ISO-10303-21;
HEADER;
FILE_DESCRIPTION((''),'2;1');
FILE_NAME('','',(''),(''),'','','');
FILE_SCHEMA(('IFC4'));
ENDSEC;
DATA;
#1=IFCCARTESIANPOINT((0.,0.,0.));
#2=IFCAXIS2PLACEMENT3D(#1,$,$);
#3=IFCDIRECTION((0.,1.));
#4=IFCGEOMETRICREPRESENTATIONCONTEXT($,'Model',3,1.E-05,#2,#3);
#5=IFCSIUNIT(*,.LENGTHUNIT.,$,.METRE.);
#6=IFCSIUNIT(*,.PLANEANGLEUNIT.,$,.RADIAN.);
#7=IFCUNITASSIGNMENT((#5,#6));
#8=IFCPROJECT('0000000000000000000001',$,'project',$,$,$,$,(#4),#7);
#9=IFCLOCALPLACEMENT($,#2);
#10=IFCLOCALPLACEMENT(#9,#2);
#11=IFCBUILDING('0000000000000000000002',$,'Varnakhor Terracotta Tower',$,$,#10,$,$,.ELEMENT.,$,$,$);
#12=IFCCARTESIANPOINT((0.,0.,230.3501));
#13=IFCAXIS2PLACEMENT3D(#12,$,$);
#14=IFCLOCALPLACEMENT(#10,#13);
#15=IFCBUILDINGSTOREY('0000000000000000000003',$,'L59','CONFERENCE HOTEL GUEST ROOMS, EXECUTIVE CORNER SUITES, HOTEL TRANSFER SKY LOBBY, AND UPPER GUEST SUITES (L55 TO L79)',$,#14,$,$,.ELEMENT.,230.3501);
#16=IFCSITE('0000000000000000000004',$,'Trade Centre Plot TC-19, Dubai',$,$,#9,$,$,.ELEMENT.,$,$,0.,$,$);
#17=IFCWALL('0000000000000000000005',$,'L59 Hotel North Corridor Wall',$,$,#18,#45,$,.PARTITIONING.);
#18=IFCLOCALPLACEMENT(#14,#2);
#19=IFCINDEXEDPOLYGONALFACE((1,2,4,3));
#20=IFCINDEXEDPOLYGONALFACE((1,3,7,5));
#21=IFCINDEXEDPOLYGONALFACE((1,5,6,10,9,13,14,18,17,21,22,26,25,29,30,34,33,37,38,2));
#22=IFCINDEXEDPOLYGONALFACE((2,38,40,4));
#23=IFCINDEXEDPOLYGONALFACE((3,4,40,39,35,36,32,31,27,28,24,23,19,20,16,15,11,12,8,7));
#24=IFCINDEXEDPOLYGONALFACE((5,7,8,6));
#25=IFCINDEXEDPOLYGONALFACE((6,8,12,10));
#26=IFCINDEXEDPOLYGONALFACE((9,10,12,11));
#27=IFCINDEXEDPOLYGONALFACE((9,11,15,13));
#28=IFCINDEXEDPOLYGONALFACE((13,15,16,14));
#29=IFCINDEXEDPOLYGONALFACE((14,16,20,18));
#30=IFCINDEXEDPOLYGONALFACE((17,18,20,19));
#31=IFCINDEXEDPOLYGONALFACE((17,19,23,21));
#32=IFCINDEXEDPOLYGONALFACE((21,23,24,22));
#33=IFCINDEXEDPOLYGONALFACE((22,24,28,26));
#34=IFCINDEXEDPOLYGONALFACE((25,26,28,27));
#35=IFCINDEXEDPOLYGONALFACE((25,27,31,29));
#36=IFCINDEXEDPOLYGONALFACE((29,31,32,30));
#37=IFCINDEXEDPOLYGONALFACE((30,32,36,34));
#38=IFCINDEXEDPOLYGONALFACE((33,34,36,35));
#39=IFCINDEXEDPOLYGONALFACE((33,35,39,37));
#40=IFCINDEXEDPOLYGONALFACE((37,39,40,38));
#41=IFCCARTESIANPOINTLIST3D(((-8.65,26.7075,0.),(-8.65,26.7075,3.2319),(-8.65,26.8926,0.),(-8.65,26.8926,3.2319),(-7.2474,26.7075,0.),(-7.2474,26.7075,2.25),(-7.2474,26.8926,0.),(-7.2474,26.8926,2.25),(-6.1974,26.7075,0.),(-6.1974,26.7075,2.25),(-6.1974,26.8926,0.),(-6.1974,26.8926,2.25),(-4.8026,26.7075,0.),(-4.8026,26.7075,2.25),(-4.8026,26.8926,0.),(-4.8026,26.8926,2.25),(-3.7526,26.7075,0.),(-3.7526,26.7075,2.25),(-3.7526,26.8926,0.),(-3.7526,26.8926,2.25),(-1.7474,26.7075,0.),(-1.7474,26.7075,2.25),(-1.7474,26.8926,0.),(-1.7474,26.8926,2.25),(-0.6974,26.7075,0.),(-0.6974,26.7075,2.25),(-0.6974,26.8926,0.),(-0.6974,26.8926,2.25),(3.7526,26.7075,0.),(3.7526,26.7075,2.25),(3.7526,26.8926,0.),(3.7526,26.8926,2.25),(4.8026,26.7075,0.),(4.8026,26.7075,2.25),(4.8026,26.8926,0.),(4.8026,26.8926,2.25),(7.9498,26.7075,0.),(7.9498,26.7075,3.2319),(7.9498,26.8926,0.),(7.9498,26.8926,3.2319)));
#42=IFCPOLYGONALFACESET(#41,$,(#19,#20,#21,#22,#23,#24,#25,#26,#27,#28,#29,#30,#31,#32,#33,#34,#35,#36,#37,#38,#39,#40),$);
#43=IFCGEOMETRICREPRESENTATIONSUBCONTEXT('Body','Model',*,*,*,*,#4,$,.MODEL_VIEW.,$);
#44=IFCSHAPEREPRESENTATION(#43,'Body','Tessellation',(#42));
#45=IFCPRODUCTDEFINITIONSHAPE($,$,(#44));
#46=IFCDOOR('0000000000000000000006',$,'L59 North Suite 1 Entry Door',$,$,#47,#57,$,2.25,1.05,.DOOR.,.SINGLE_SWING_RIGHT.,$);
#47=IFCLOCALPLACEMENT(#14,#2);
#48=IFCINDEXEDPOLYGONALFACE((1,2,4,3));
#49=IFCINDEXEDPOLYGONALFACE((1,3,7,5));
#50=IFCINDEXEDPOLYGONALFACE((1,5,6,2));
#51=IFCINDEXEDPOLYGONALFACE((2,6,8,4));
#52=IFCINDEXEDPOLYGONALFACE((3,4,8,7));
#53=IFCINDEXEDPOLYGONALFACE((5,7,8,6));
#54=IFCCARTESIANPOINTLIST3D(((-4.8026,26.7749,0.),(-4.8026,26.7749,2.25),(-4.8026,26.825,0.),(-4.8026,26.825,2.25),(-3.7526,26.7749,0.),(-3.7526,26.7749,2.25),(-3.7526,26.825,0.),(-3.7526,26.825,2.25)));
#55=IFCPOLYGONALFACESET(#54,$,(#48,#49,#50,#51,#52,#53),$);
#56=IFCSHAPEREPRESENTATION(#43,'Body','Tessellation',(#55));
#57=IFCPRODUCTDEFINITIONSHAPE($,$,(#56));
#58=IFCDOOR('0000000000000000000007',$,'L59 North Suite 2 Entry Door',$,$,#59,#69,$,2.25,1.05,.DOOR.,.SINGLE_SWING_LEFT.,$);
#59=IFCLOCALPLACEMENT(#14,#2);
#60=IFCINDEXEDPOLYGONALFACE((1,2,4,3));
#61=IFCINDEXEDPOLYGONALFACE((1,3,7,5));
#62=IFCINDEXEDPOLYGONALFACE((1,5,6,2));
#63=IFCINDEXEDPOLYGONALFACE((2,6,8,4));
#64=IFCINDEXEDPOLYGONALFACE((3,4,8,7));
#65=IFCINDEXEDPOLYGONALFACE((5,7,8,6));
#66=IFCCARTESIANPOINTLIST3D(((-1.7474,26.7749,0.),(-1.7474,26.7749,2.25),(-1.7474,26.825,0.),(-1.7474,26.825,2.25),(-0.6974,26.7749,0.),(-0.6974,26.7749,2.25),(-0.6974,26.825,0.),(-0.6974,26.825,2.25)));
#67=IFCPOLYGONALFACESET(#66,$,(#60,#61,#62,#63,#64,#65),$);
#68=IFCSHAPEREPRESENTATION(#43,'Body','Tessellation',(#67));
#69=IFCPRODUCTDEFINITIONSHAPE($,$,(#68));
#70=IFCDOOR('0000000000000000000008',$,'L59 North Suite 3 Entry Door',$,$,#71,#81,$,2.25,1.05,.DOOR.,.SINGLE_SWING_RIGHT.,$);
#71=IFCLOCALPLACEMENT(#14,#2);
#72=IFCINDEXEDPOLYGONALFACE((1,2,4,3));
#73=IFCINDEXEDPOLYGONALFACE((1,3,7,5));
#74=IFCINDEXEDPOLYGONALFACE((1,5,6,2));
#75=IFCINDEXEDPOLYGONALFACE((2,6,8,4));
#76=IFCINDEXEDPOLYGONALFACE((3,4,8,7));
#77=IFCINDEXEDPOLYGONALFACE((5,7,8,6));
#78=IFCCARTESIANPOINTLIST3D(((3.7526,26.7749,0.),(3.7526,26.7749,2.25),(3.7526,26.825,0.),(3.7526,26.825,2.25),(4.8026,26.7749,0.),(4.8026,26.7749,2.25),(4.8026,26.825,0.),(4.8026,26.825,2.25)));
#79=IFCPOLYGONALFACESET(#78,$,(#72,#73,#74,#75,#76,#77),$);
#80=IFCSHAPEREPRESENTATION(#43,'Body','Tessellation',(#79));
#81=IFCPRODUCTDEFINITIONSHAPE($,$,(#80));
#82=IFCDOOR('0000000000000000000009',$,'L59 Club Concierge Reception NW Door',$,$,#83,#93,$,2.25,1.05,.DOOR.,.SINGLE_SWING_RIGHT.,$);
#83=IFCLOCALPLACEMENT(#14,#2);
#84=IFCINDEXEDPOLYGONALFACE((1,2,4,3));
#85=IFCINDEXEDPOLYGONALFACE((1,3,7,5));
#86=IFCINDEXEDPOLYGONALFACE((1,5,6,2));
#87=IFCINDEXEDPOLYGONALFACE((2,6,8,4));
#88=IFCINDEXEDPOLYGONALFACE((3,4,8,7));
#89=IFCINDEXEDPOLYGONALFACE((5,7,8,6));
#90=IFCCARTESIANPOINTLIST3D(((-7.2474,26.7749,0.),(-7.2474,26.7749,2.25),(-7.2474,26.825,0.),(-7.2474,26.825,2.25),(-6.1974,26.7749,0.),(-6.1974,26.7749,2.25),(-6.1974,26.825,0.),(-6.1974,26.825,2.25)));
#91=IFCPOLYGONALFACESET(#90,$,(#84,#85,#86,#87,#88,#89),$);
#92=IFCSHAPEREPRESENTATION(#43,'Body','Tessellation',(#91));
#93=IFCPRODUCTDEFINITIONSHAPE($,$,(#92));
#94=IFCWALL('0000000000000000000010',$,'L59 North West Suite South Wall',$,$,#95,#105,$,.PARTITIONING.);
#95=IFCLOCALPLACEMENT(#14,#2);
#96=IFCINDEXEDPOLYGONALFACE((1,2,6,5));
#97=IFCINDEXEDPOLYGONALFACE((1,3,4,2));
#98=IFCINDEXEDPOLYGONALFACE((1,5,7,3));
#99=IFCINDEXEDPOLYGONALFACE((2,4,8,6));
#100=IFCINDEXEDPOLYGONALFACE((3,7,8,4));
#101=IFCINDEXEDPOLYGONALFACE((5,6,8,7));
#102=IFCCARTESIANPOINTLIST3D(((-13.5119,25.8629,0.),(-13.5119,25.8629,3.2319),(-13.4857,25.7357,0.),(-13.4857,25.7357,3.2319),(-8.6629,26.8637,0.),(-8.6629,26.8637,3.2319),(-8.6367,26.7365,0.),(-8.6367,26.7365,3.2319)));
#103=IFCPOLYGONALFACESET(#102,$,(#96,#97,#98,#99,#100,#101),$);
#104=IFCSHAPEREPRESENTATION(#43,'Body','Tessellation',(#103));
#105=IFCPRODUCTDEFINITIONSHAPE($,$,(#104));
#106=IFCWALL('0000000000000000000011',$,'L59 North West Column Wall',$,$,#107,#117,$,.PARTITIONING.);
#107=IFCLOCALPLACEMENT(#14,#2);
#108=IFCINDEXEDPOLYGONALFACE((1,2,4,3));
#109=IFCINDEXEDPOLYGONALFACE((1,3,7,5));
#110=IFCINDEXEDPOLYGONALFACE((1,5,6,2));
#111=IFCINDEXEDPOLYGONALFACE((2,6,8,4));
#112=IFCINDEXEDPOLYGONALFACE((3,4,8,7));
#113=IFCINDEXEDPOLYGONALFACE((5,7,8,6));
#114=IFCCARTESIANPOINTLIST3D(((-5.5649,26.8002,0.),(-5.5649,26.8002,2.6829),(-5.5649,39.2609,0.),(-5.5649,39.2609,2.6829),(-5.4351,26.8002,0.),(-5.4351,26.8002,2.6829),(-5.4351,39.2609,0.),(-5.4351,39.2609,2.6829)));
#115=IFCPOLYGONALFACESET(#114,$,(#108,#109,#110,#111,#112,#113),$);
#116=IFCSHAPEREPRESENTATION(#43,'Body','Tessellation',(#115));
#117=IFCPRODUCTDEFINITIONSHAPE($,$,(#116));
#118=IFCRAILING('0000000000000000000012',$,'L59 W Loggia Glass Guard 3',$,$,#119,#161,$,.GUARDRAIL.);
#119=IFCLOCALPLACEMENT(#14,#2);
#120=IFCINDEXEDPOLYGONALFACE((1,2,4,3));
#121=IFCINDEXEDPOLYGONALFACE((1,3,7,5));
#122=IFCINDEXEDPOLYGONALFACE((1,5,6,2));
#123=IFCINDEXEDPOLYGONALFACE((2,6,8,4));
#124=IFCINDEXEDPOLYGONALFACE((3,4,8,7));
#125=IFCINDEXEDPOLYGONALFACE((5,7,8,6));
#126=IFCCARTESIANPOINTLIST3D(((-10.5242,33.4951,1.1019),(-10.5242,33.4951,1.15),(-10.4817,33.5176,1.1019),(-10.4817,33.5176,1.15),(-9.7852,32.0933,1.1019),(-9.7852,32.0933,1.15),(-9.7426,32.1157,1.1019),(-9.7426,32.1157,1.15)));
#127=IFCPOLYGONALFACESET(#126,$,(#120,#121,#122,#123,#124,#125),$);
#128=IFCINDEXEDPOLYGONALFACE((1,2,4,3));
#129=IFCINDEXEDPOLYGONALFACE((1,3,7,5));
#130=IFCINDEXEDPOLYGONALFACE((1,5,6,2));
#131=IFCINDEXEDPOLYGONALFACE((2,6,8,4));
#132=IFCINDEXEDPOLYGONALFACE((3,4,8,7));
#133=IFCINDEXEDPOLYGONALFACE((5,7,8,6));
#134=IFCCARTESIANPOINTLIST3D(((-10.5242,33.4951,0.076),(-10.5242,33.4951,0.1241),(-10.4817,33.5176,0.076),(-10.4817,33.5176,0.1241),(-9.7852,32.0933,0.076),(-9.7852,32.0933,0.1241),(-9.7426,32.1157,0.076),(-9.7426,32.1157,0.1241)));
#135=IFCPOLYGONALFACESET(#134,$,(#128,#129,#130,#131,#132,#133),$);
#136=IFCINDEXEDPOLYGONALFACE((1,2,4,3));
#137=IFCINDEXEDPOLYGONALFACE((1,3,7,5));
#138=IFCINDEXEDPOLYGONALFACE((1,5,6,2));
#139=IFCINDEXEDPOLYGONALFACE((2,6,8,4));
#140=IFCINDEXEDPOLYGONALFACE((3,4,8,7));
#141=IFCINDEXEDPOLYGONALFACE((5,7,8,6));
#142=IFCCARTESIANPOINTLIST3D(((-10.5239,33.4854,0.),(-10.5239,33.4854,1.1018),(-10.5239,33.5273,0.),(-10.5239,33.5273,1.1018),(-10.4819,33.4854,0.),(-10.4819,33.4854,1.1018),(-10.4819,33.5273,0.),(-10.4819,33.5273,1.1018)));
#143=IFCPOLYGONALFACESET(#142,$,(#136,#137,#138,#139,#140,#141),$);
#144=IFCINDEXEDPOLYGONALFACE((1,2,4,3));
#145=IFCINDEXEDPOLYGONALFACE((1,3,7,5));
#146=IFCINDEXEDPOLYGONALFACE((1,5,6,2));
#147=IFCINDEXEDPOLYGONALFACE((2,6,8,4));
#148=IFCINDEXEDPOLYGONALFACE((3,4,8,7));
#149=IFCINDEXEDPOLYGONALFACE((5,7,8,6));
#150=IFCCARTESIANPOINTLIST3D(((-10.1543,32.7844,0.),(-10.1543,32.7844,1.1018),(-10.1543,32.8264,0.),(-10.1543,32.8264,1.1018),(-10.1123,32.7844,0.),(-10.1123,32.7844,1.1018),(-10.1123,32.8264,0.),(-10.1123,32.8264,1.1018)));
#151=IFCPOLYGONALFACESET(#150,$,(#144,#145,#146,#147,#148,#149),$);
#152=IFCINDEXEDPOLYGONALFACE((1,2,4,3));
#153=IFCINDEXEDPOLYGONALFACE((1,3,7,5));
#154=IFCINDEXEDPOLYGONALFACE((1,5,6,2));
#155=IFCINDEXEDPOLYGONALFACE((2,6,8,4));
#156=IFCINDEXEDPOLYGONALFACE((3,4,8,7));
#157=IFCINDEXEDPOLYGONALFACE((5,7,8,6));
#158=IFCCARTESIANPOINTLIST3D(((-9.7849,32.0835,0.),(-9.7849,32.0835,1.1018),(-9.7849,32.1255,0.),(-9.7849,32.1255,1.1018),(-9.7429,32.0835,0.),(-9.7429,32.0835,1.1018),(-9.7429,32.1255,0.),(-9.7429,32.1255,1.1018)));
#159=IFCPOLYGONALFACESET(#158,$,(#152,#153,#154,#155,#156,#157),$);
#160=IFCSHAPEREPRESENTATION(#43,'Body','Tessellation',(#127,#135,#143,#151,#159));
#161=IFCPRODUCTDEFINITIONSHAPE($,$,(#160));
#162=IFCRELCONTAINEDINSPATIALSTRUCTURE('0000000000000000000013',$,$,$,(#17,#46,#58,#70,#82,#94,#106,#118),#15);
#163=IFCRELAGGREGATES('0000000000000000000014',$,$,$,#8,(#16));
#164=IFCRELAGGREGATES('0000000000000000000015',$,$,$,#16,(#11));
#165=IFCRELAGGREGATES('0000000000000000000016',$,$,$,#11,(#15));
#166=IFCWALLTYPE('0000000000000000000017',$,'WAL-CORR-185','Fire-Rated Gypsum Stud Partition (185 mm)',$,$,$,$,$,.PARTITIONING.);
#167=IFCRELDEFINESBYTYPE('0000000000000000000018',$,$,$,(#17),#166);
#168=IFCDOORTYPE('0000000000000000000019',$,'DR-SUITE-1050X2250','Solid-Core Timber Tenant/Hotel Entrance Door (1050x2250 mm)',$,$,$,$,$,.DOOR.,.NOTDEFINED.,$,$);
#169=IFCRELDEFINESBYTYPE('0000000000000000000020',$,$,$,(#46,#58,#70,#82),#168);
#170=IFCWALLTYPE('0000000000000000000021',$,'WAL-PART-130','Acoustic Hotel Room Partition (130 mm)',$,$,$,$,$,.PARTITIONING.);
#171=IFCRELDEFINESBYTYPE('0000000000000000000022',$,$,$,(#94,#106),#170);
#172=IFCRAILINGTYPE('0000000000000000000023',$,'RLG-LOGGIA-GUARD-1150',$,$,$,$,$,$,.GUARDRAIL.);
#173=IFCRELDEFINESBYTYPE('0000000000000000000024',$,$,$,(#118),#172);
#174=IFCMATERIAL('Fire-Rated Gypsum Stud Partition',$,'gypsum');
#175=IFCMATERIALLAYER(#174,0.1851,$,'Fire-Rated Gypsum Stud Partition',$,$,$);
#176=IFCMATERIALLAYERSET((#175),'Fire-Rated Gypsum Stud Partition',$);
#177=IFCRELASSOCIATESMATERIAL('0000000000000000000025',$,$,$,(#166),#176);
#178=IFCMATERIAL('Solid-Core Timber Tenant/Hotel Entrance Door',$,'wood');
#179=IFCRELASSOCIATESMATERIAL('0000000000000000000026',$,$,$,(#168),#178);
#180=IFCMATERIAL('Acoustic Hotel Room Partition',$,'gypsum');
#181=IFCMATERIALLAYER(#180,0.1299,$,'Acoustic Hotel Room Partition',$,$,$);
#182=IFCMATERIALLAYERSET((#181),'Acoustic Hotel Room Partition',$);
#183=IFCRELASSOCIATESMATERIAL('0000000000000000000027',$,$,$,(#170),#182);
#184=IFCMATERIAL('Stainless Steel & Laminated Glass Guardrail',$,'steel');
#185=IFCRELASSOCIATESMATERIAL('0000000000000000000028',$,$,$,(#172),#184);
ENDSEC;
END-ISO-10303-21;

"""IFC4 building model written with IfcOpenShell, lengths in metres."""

from ifc_helpers import new_model, si_unit, direction, frame, frame_2d, origin, origin_2d, place, context, subcontext, project, spatial, rectangle, extrude, source, transform, mapped, material, layer, layer_set, type_object, type_shapes, element, fill, save


model = new_model("IFC4")

# Units and contexts
model_context = context("Model", 3, precision=1e-05, world=origin(), true_north=direction((0.0, 1.0)))
body_context = subcontext(model_context, "Body", "Model", "MODEL_VIEW")
ifc_project = project(units=[si_unit("LENGTHUNIT", "METRE"), si_unit("PLANEANGLEUNIT", "RADIAN")], contexts=[model_context])

# Site, building, storey
site_placement = place(None, origin())
site = spatial("IfcSite", under=ifc_project, at=site_placement, Name="Trade Centre Plot TC-19, Dubai", CompositionType="ELEMENT", RefElevation=0.0)
building_placement = place(site_placement, origin())
building = spatial("IfcBuilding", under=site, at=building_placement, Name="Varnakhor Terracotta Tower", CompositionType="ELEMENT")
storey_placement = place(building_placement, frame((0.0, 0.0, 230.3501)))
storey = spatial("IfcBuildingStorey", under=building, at=storey_placement, Name="L59", Description="CONFERENCE HOTEL GUEST ROOMS, EXECUTIVE CORNER SUITES, HOTEL TRANSFER SKY LOBBY, AND UPPER GUEST SUITES (L55 TO L79)", CompositionType="ELEMENT", Elevation=230.3501)

# Shared definitions
ifc_material_1 = material(Name="Fire-Rated Gypsum Stud Partition", Category="gypsum")
ifc_layer_1 = layer(ifc_material_1, 0.1851, Name="Fire-Rated Gypsum Stud Partition")
ifc_layer_set_1 = layer_set([ifc_layer_1], Name="Fire-Rated Gypsum Stud Partition")
wall_type_1 = type_object("IfcWallType", Name="WAL-CORR-185", Description="Fire-Rated Gypsum Stud Partition (185 mm)", PredefinedType="PARTITIONING", material=ifc_layer_set_1)

# Wall, openings, doors
wall_1_placement = place(storey_placement, frame((-8.6499, 26.8, 0.0), z_axis=(0.0, 0.0, 1.0), x_axis=(1.0, 0.0, 0.0)))
wall_1 = element("IfcWall", 1, at=wall_1_placement, inside=storey, type_object=wall_type_1, Name="L59 Hotel North Corridor Wall", PredefinedType="PARTITIONING", context=body_context, shape_type="SweptSolid", body=[
    extrude(rectangle(XDim=16.5999, YDim=0.1851, at=frame_2d((8.2998, 0.0))), origin(), (0.0, 0.0, 1.0), 3.2319),
])
opening_1_placement = place(wall_1_placement, frame((3.8474, 0.0, 0.0)))
opening_1 = element("IfcOpeningElement", 2, at=opening_1_placement, cuts=wall_1, PredefinedType="OPENING", context=body_context, shape_type="SweptSolid", body=[
    extrude(rectangle(XDim=1.05, YDim=2.25, at=frame_2d((0.5249, 1.125))), frame((0.0, 0.1025, 0.0), z_axis=(0.0, -1.0, 0.0), x_axis=(1.0, 0.0, 0.0)), (0.0, 0.0, 1.0), 0.2051),
])
opening_2_placement = place(wall_1_placement, frame((6.9026, 0.0, 0.0)))
opening_2 = element("IfcOpeningElement", 3, at=opening_2_placement, cuts=wall_1, PredefinedType="OPENING", context=body_context, shape_type="SweptSolid", body=[
    extrude(rectangle(XDim=1.05, YDim=2.25, at=frame_2d((0.5249, 1.125))), frame((0.0, 0.1025, 0.0), z_axis=(0.0, -1.0, 0.0), x_axis=(1.0, 0.0, 0.0)), (0.0, 0.0, 1.0), 0.2051),
])
opening_3_placement = place(wall_1_placement, frame((12.4026, 0.0, 0.0)))
opening_3 = element("IfcOpeningElement", 4, at=opening_3_placement, cuts=wall_1, PredefinedType="OPENING", context=body_context, shape_type="SweptSolid", body=[
    extrude(rectangle(XDim=1.05, YDim=2.25, at=frame_2d((0.5249, 1.125))), frame((0.0, 0.1025, 0.0), z_axis=(0.0, -1.0, 0.0), x_axis=(1.0, 0.0, 0.0)), (0.0, 0.0, 1.0), 0.2051),
])
opening_4_placement = place(wall_1_placement, frame((1.4026, 0.0, 0.0)))
opening_4 = element("IfcOpeningElement", 5, at=opening_4_placement, cuts=wall_1, PredefinedType="OPENING", context=body_context, shape_type="SweptSolid", body=[
    extrude(rectangle(XDim=1.05, YDim=2.25, at=frame_2d((0.5249, 1.125))), frame((0.0, 0.1025, 0.0), z_axis=(0.0, -1.0, 0.0), x_axis=(1.0, 0.0, 0.0)), (0.0, 0.0, 1.0), 0.2051),
])
ifc_material_2 = material(Name="Solid-Core Timber Tenant/Hotel Entrance Door", Category="wood")
door_type = type_object("IfcDoorType", Name="DR-SUITE-1050X2250", Description="Solid-Core Timber Tenant/Hotel Entrance Door (1050x2250 mm)", OperationType="NOTDEFINED", PredefinedType="DOOR", material=ifc_material_2)
shared_shape_1 = source(origin(), body_context, "Body", "SweptSolid", [
    extrude(rectangle(XDim=1.05, YDim=2.25, at=frame_2d((0.5249, 1.125))), frame((0.0, 0.0249, 0.0), z_axis=(0.0, -1.0, 0.0), x_axis=(1.0, 0.0, 0.0)), (0.0, 0.0, 1.0), 0.05),
])
type_shapes(door_type, [shared_shape_1])
door_1_placement = place(opening_1_placement, origin())
door_1 = element("IfcDoor", 6, at=door_1_placement, inside=storey, type_object=door_type, Name="L59 North Suite 1 Entry Door", OperationType="SINGLE_SWING_RIGHT", OverallHeight=2.25, OverallWidth=1.05, PredefinedType="DOOR", context=body_context, shape_type="MappedRepresentation", body=[
    mapped(shared_shape_1, transform((0.0, 0.0, 0.0), scale=1.0)),
])
fill(opening_1, door_1)
door_2_placement = place(opening_2_placement, origin())
door_2 = element("IfcDoor", 7, at=door_2_placement, inside=storey, type_object=door_type, Name="L59 North Suite 2 Entry Door", OperationType="SINGLE_SWING_LEFT", OverallHeight=2.25, OverallWidth=1.05, PredefinedType="DOOR", context=body_context, shape_type="MappedRepresentation", body=[
    mapped(shared_shape_1, transform((0.0, 0.0, 0.0), scale=1.0)),
])
fill(opening_2, door_2)
door_3_placement = place(opening_3_placement, origin())
door_3 = element("IfcDoor", 8, at=door_3_placement, inside=storey, type_object=door_type, Name="L59 North Suite 3 Entry Door", OperationType="SINGLE_SWING_RIGHT", OverallHeight=2.25, OverallWidth=1.05, PredefinedType="DOOR", context=body_context, shape_type="MappedRepresentation", body=[
    mapped(shared_shape_1, transform((0.0, 0.0, 0.0), scale=1.0)),
])
fill(opening_3, door_3)
door_4_placement = place(opening_4_placement, origin())
door_4 = element("IfcDoor", 9, at=door_4_placement, inside=storey, type_object=door_type, Name="L59 Club Concierge Reception NW Door", OperationType="SINGLE_SWING_RIGHT", OverallHeight=2.25, OverallWidth=1.05, PredefinedType="DOOR", context=body_context, shape_type="MappedRepresentation", body=[
    mapped(shared_shape_1, transform((0.0, 0.0, 0.0), scale=1.0)),
])
fill(opening_4, door_4)

# Walls
ifc_material_3 = material(Name="Acoustic Hotel Room Partition", Category="gypsum")
ifc_layer_2 = layer(ifc_material_3, 0.1299, Name="Acoustic Hotel Room Partition")
ifc_layer_set_2 = layer_set([ifc_layer_2], Name="Acoustic Hotel Room Partition")
wall_type_2 = type_object("IfcWallType", Name="WAL-PART-130", Description="Acoustic Hotel Room Partition (130 mm)", PredefinedType="PARTITIONING", material=ifc_layer_set_2)
wall_2_placement = place(storey_placement, frame((-13.4988, 25.7993, 0.0), z_axis=(0.0, 0.0, 1.0), x_axis=(0.97936, 0.202125, 0.0)))
element("IfcWall", 10, at=wall_2_placement, inside=storey, type_object=wall_type_2, Name="L59 North West Suite South Wall", PredefinedType="PARTITIONING", context=body_context, shape_type="SweptSolid", body=[
    extrude(rectangle(XDim=4.9512, YDim=0.1299, at=frame_2d((2.4756, 0.0))), origin(), (0.0, 0.0, 1.0), 3.2319),
])
wall_3_placement = place(storey_placement, frame((-5.5, 26.8, 0.0), z_axis=(0.0, 0.0, 1.0), x_axis=(0.0, 1.0, 0.0)))
element("IfcWall", 11, at=wall_3_placement, inside=storey, type_object=wall_type_2, Name="L59 North West Column Wall", PredefinedType="PARTITIONING", context=body_context, shape_type="SweptSolid", body=[
    extrude(rectangle(XDim=12.4607, YDim=0.1299, at=frame_2d((6.2305, 0.0))), origin(), (0.0, 0.0, 1.0), 2.6829),
])

# Railing
ifc_material_4 = material(Name="Stainless Steel & Laminated Glass Guardrail", Category="steel")
railing_type = type_object("IfcRailingType", Name="RLG-LOGGIA-GUARD-1150", PredefinedType="GUARDRAIL", material=ifc_material_4)
railing_placement = place(storey_placement, frame((-10.5029, 33.5063, 0.0)))
element("IfcRailing", 12, at=railing_placement, inside=storey, type_object=railing_type, Name="L59 W Loggia Glass Guard 3", PredefinedType="GUARDRAIL", context=body_context, shape_type="SweptSolid", body=[
    extrude(rectangle(XDim=0.0481, YDim=0.0481, at=origin_2d()), frame((0.0, 0.0, 1.126), z_axis=(0.466337, -0.884607, 0.0), x_axis=(0.884607, 0.466337, 0.0)), (0.0, 0.0, 1.0), 1.5847),
    extrude(rectangle(XDim=0.0481, YDim=0.0481, at=origin_2d()), frame((0.0, 0.0, 0.1001), z_axis=(0.466337, -0.884607, 0.0), x_axis=(0.884607, 0.466337, 0.0)), (0.0, 0.0, 1.0), 1.5847),
    extrude(rectangle(XDim=0.042, YDim=0.042, at=origin_2d()), origin(), (0.0, 0.0, 1.0), 1.1018),
    extrude(rectangle(XDim=0.042, YDim=0.042, at=origin_2d()), frame((0.3696, -0.7009, 0.0)), (0.0, 0.0, 1.0), 1.1018),
    extrude(rectangle(XDim=0.042, YDim=0.042, at=origin_2d()), frame((0.739, -1.4019, 0.0)), (0.0, 0.0, 1.0), 1.1018),
])

save(model, "model.ifc")
